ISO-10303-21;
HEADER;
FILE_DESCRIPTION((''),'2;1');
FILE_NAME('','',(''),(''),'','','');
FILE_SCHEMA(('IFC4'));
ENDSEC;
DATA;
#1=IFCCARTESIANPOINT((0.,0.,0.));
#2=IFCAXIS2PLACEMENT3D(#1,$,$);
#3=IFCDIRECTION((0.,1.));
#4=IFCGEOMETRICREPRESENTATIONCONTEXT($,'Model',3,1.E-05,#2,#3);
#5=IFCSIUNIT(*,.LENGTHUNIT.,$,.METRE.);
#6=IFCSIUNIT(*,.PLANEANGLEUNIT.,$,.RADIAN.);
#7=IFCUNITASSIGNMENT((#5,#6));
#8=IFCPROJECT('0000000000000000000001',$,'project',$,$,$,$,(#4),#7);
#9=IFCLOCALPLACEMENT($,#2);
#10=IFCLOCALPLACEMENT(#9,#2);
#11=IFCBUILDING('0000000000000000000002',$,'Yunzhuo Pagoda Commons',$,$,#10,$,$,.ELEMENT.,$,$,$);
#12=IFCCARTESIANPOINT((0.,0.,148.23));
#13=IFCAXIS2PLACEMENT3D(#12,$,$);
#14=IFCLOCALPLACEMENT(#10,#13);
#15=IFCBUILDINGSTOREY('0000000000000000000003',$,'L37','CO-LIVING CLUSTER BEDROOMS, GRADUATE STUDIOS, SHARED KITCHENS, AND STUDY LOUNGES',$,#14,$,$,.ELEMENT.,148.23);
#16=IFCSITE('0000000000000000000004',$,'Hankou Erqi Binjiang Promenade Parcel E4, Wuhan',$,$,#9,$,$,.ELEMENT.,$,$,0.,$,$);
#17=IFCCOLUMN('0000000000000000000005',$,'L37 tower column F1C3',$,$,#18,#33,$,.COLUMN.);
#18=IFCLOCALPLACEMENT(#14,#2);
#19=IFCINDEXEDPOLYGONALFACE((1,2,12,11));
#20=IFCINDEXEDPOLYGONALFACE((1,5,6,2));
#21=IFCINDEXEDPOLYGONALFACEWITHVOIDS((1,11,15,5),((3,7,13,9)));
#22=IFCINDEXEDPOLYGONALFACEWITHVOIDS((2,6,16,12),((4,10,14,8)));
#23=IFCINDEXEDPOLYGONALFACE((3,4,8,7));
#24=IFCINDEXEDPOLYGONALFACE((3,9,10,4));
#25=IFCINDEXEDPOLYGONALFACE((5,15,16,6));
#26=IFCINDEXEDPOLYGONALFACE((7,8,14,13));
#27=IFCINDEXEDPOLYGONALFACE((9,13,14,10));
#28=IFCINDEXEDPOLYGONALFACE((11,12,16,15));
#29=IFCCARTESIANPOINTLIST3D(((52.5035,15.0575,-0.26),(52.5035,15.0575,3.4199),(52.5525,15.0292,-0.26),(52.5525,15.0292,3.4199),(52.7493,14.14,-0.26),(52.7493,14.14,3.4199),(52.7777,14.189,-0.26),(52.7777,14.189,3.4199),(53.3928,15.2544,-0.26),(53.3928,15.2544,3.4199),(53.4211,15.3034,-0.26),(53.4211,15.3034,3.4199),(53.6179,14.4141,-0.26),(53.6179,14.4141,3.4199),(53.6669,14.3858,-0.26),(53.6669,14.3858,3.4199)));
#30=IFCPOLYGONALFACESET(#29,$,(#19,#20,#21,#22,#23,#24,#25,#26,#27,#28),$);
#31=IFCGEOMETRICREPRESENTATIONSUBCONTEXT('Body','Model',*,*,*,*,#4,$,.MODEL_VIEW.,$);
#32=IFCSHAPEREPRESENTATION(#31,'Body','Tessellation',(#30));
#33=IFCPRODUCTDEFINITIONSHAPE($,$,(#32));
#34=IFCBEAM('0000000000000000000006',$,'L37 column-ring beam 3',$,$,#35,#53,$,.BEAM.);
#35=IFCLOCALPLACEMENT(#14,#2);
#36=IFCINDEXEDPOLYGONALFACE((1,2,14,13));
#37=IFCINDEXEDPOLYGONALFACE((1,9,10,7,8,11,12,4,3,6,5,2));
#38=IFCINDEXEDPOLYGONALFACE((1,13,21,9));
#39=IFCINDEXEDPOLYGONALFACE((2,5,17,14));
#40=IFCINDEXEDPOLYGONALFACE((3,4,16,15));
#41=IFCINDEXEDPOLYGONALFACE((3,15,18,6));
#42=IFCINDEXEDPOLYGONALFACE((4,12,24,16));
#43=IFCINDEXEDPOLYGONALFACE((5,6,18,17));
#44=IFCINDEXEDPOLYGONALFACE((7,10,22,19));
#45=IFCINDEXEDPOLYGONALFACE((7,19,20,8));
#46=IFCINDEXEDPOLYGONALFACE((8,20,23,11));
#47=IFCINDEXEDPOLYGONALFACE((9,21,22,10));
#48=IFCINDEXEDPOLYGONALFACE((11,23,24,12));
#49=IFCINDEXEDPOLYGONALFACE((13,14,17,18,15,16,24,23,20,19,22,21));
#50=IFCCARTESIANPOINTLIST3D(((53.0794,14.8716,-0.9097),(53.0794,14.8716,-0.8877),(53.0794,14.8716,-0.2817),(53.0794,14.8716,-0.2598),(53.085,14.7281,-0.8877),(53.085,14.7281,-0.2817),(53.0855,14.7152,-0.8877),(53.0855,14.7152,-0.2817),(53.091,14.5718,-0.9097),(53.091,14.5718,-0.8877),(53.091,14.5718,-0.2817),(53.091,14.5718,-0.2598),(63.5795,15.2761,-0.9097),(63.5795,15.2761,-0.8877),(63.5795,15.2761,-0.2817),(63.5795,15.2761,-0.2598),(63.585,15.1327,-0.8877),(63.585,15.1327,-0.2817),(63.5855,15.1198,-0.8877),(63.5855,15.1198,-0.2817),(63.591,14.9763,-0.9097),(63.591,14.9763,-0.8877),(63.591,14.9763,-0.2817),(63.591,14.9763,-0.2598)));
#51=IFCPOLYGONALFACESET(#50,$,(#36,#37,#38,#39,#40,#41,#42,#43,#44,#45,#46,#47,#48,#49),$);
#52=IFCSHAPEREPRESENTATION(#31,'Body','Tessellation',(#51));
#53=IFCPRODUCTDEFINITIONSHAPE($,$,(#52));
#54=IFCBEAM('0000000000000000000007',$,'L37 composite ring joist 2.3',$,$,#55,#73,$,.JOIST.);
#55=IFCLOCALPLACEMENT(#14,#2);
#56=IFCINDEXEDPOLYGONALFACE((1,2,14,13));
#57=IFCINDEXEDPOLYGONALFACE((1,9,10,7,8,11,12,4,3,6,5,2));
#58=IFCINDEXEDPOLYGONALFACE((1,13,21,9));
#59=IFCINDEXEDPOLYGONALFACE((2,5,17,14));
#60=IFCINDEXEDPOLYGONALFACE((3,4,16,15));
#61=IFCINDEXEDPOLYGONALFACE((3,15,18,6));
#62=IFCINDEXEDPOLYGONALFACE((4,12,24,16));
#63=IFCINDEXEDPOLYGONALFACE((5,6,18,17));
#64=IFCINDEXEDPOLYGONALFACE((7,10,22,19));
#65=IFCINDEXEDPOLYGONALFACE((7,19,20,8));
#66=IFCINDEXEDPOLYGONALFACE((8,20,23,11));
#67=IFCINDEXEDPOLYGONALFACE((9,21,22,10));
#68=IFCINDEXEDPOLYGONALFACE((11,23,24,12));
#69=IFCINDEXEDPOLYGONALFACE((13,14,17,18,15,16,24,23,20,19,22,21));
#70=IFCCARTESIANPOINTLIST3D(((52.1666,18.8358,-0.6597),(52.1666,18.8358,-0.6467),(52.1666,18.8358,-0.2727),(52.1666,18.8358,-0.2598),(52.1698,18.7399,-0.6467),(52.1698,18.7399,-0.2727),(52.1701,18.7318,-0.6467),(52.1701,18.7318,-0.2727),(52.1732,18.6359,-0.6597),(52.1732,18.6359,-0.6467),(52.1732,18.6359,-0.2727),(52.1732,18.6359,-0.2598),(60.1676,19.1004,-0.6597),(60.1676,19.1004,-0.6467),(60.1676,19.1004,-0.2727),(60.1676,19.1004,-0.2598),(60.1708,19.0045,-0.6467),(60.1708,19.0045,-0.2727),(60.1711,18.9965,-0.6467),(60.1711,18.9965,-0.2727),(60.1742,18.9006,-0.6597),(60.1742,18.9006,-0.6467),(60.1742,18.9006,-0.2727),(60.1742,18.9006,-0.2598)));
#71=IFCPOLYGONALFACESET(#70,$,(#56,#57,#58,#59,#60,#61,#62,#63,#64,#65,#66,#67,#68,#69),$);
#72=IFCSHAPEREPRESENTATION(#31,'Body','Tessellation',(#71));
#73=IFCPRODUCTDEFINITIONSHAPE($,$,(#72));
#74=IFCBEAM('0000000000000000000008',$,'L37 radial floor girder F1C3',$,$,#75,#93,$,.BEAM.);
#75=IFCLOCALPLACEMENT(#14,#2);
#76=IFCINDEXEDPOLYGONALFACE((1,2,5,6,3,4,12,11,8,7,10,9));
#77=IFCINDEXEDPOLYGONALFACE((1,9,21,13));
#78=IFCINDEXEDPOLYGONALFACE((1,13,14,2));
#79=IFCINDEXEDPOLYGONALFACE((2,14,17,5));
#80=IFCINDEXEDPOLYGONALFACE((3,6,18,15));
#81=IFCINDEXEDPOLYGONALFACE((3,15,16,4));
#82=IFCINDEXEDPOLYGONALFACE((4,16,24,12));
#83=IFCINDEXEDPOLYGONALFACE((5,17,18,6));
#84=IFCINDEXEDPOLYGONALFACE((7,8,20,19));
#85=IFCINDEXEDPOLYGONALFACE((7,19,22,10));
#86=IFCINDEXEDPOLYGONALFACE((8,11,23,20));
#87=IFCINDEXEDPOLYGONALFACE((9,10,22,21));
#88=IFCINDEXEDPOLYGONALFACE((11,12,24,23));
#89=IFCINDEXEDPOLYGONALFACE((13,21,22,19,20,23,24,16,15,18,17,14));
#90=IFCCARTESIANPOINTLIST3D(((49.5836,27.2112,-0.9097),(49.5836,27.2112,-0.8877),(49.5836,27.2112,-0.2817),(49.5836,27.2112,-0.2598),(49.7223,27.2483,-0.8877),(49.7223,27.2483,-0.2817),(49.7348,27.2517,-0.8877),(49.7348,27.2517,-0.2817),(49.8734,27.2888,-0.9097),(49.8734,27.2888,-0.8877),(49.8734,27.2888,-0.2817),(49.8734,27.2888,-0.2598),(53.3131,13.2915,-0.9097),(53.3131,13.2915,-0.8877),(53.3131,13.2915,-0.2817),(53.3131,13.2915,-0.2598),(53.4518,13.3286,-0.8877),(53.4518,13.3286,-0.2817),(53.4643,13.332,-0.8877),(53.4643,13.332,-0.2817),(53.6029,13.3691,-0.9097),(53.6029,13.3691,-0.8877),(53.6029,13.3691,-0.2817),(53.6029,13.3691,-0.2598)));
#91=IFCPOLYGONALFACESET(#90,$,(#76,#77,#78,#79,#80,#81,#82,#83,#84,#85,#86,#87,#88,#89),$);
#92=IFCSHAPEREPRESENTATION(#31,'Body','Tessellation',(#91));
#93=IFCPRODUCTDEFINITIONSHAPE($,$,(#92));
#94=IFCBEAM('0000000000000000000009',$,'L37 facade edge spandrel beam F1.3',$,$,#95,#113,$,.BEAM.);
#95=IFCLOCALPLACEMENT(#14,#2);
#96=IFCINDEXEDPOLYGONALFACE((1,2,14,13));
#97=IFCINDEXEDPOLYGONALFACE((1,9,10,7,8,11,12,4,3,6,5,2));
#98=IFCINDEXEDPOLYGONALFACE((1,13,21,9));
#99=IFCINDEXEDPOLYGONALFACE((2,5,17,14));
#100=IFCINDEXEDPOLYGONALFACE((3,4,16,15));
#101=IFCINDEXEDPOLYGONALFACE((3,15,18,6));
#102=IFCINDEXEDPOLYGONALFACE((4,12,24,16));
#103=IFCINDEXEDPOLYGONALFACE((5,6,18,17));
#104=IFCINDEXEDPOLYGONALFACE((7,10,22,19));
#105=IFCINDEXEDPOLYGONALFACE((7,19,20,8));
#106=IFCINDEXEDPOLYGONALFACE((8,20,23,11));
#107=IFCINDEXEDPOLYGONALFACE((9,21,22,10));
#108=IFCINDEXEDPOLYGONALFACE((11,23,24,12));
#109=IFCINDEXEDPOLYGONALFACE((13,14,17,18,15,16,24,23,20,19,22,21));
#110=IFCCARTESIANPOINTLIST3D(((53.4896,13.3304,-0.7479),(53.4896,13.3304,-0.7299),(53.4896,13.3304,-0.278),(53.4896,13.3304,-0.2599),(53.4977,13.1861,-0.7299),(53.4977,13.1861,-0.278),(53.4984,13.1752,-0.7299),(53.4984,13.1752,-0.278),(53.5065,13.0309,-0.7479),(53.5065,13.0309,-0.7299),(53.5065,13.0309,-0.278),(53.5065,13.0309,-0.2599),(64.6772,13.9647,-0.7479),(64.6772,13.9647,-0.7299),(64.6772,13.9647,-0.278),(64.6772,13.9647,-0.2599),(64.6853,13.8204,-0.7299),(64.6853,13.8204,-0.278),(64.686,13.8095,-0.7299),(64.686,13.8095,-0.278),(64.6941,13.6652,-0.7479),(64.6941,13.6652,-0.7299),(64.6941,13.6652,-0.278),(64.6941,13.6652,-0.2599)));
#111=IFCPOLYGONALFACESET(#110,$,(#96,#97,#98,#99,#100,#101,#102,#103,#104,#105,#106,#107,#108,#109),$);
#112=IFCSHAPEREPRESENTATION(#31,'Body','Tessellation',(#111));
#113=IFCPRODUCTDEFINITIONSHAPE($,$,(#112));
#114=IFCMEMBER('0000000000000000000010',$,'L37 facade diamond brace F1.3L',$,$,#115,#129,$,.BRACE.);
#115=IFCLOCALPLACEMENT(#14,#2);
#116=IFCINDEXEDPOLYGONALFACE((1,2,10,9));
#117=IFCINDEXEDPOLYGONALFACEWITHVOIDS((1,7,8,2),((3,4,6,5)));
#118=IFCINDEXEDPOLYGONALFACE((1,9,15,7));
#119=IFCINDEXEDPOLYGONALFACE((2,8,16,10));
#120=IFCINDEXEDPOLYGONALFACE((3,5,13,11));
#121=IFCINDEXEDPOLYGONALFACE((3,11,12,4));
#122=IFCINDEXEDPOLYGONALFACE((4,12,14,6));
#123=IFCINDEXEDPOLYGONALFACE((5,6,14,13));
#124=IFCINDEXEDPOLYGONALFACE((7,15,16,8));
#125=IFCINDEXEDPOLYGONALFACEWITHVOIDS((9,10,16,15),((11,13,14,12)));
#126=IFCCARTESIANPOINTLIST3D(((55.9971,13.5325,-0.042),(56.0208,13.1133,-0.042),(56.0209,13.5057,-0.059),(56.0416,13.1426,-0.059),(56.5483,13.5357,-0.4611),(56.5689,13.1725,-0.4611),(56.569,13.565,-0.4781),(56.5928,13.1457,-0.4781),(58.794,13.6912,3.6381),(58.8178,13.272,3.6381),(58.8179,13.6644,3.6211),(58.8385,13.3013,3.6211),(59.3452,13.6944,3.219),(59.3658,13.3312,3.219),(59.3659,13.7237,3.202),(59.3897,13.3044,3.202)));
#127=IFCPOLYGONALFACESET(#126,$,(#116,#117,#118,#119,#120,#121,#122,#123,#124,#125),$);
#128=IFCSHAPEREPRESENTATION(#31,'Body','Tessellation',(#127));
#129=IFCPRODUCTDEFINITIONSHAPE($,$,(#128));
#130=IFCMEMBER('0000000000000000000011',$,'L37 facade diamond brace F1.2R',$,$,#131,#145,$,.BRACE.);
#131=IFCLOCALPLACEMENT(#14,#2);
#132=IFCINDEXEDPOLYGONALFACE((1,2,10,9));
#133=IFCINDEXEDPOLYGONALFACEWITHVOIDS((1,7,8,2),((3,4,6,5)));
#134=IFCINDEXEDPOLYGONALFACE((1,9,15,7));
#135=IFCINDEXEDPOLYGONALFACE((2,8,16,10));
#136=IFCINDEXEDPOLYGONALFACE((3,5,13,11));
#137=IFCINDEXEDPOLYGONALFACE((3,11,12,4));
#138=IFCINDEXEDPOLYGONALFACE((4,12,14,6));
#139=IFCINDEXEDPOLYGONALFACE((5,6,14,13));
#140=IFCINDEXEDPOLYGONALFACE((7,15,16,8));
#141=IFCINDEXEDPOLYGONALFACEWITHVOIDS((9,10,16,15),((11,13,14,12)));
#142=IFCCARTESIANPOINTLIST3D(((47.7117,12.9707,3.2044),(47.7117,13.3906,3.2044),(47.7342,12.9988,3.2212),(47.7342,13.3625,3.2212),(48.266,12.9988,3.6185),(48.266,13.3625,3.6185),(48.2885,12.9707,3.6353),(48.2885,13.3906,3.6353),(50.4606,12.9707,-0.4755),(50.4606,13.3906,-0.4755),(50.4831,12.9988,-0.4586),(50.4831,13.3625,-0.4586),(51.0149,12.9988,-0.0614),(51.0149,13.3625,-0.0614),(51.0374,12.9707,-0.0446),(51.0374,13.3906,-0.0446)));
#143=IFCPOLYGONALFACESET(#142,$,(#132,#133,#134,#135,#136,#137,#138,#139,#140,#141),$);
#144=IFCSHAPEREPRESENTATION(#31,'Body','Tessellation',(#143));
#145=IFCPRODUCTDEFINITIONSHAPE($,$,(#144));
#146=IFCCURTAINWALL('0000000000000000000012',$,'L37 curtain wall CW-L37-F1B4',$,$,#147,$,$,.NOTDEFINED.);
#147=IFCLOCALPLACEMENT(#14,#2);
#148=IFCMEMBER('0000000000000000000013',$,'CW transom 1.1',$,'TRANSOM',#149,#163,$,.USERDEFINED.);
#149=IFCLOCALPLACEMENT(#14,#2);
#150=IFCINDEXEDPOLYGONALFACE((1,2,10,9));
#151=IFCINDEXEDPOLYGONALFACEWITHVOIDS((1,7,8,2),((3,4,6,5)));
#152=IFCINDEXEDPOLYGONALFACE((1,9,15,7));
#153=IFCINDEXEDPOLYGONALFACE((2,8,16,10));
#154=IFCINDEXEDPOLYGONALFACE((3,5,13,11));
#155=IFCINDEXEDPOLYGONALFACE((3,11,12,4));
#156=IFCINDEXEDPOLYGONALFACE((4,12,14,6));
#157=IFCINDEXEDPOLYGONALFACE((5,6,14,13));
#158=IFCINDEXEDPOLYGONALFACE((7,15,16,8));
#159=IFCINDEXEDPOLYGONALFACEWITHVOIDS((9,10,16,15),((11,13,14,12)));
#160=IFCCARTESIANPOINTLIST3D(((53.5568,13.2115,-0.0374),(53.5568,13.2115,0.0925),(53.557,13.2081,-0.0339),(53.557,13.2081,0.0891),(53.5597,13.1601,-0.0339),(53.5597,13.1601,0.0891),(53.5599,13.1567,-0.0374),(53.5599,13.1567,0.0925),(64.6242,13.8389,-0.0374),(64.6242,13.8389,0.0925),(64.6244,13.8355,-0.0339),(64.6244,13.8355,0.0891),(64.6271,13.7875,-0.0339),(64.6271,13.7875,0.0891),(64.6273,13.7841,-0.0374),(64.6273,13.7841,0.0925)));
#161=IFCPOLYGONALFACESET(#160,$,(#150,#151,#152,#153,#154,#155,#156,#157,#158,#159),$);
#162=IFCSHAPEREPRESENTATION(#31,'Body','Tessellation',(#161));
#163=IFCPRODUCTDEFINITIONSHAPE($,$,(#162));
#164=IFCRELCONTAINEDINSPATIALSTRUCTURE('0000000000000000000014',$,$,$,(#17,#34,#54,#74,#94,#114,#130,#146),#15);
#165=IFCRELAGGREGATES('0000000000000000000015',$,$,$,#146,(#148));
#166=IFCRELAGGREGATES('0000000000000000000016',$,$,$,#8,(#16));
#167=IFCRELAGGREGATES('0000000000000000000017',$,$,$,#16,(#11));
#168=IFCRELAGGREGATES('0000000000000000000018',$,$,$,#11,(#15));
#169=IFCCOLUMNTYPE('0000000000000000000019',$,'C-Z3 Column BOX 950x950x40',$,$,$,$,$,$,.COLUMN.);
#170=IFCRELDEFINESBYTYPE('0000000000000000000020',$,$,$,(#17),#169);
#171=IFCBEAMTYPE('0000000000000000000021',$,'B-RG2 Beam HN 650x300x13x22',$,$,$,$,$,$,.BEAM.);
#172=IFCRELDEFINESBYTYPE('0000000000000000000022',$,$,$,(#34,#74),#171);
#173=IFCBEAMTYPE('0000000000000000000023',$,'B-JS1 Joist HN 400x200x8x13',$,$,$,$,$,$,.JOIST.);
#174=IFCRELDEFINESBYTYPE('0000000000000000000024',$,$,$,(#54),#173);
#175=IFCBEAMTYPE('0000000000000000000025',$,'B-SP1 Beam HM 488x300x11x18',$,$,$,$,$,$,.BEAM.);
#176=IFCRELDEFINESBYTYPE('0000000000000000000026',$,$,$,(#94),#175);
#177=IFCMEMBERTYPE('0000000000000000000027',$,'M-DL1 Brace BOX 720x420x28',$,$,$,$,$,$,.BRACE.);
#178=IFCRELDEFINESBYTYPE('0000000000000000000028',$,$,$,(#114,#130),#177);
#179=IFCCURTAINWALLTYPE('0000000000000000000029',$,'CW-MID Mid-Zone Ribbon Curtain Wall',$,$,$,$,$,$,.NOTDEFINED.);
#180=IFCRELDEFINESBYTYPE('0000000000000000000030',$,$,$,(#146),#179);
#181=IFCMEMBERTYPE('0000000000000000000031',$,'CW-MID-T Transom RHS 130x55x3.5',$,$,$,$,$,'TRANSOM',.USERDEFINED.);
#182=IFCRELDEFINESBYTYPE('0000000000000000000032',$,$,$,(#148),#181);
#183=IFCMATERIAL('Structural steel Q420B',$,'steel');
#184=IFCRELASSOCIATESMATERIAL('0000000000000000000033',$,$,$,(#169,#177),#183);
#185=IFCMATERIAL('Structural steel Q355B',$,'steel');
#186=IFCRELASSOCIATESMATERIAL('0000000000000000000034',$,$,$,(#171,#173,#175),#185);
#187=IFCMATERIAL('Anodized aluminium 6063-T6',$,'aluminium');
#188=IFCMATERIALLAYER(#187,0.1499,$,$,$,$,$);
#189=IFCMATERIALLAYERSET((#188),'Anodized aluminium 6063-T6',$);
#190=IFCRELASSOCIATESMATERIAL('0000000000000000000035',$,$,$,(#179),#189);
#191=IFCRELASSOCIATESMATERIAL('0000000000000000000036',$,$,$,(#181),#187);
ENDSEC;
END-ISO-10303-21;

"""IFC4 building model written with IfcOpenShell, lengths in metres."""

from ifc_helpers import new_model, si_unit, direction, frame, origin, origin_2d, place, context, subcontext, project, spatial, hollow_rectangle, i_section, extrude, source, transform, mapped, material, layer, layer_set, material_profile, profile_set, type_object, element, aggregate, save


model = new_model("IFC4")

# Units and contexts
model_context = context("Model", 3, precision=1e-05, world=origin(), true_north=direction((0.0, 1.0)))
body_context = subcontext(model_context, "Body", "Model", "MODEL_VIEW")
ifc_project = project(units=[si_unit("LENGTHUNIT", "METRE"), si_unit("PLANEANGLEUNIT", "RADIAN")], contexts=[model_context])

# Site, building, storey
site_placement = place(None, origin())
site = spatial("IfcSite", under=ifc_project, at=site_placement, Name="Hankou Erqi Binjiang Promenade Parcel E4, Wuhan", CompositionType="ELEMENT", RefElevation=0.0)
building_placement = place(site_placement, origin())
building = spatial("IfcBuilding", under=site, at=building_placement, Name="Yunzhuo Pagoda Commons", CompositionType="ELEMENT")
storey_placement = place(building_placement, frame((0.0, 0.0, 148.23)))
storey = spatial("IfcBuildingStorey", under=building, at=storey_placement, Name="L37", Description="CO-LIVING CLUSTER BEDROOMS, GRADUATE STUDIOS, SHARED KITCHENS, AND STUDY LOUNGES", CompositionType="ELEMENT", Elevation=148.23)

# Column
ifc_material_1 = material(Name="Structural steel Q420B", Category="steel")
ifc_material_profile_1 = material_profile(ifc_material_1, hollow_rectangle(XDim=0.95, YDim=0.95, WallThickness=0.04, at=origin_2d()), Name="Structural steel Q420B")
ifc_profile_set_1 = profile_set([ifc_material_profile_1], Name="Structural steel Q420B")
column_type = type_object("IfcColumnType", Name="C-Z3 Column BOX 950x950x40", PredefinedType="COLUMN", material=ifc_profile_set_1)
shared_shape_1 = source(origin(), body_context, "Body", "SweptSolid", [
    extrude(hollow_rectangle(XDim=0.95, YDim=0.95, WallThickness=0.04, at=origin_2d()), origin(), (0.0, 0.0, 1.0), 3.6799),
])
column_placement = place(storey_placement, frame((53.0852, 14.7217, -0.26), z_axis=(0.0, 0.0, 1.0), x_axis=(0.965926, 0.258819, 0.0)))
element("IfcColumn", 1, at=column_placement, inside=storey, type_object=column_type, Name="L37 tower column F1C3", PredefinedType="COLUMN", context=body_context, shape_type="MappedRepresentation", body=[
    mapped(shared_shape_1, transform((0.0, 0.0, 0.0), scale=1.0)),
])

# Beams
ifc_material_2 = material(Name="Structural steel Q355B", Category="steel")
ifc_material_profile_2 = material_profile(ifc_material_2, i_section(OverallWidth=0.3, OverallDepth=0.6499, WebThickness=0.0129, FlangeThickness=0.022, at=origin_2d()), Name="Structural steel Q355B")
ifc_profile_set_2 = profile_set([ifc_material_profile_2], Name="Structural steel Q355B")
beam_type_1 = type_object("IfcBeamType", Name="B-RG2 Beam HN 650x300x13x22", PredefinedType="BEAM", material=ifc_profile_set_2)
shared_shape_2 = source(origin(), body_context, "Body", "SweptSolid", [
    extrude(i_section(OverallWidth=0.3, OverallDepth=0.6499, WebThickness=0.0129, FlangeThickness=0.022, at=origin_2d()), origin(), (0.0, 0.0, 1.0), 10.5078),
])
beam_1_placement = place(storey_placement, frame((53.0852, 14.7217, -0.5847), z_axis=(0.999259, 0.038499, 0.0), x_axis=(-0.038499, 0.999259, 0.0)))
element("IfcBeam", 2, at=beam_1_placement, inside=storey, type_object=beam_type_1, Name="L37 column-ring beam 3", PredefinedType="BEAM", context=body_context, shape_type="MappedRepresentation", body=[
    mapped(shared_shape_2, transform((0.0, 0.0, 0.0), scale=1.0)),
])
ifc_material_profile_3 = material_profile(ifc_material_2, i_section(OverallWidth=0.2, OverallDepth=0.3999, WebThickness=0.0081, FlangeThickness=0.0129, at=origin_2d()), Name="Structural steel Q355B")
ifc_profile_set_3 = profile_set([ifc_material_profile_3], Name="Structural steel Q355B")
beam_type_2 = type_object("IfcBeamType", Name="B-JS1 Joist HN 400x200x8x13", PredefinedType="JOIST", material=ifc_profile_set_3)
shared_shape_3 = source(origin(), body_context, "Body", "SweptSolid", [
    extrude(i_section(OverallWidth=0.2, OverallDepth=0.3999, WebThickness=0.0081, FlangeThickness=0.0129, at=origin_2d()), origin(), (0.0, 0.0, 1.0), 8.0054),
])
beam_2_placement = place(storey_placement, frame((52.1699, 18.7358, -0.4597), z_axis=(0.999453, 0.033059, 0.0), x_axis=(-0.033059, 0.999453, 0.0)))
element("IfcBeam", 3, at=beam_2_placement, inside=storey, type_object=beam_type_2, Name="L37 composite ring joist 2.3", PredefinedType="JOIST", context=body_context, shape_type="MappedRepresentation", body=[
    mapped(shared_shape_3, transform((0.0, 0.0, 0.0), scale=1.0)),
])
shared_shape_4 = source(origin(), body_context, "Body", "SweptSolid", [
    extrude(i_section(OverallWidth=0.3, OverallDepth=0.6499, WebThickness=0.0129, FlangeThickness=0.022, at=origin_2d()), origin(), (0.0, 0.0, 1.0), 14.4106),
])
beam_3_placement = place(storey_placement, frame((53.458, 13.3303, -0.5847), z_axis=(-0.258801, 0.965931, 0.0), x_axis=(-0.965931, -0.258801, 0.0)))
element("IfcBeam", 4, at=beam_3_placement, inside=storey, type_object=beam_type_1, Name="L37 radial floor girder F1C3", PredefinedType="BEAM", context=body_context, shape_type="MappedRepresentation", body=[
    mapped(shared_shape_4, transform((0.0, 0.0, 0.0), scale=1.0)),
])
ifc_material_profile_4 = material_profile(ifc_material_2, i_section(OverallWidth=0.3, OverallDepth=0.488, WebThickness=0.011, FlangeThickness=0.0181, at=origin_2d()), Name="Structural steel Q355B")
ifc_profile_set_4 = profile_set([ifc_material_profile_4], Name="Structural steel Q355B")
beam_type_3 = type_object("IfcBeamType", Name="B-SP1 Beam HM 488x300x11x18", PredefinedType="BEAM", material=ifc_profile_set_4)
shared_shape_5 = source(origin(), body_context, "Body", "SweptSolid", [
    extrude(i_section(OverallWidth=0.3, OverallDepth=0.488, WebThickness=0.011, FlangeThickness=0.0181, at=origin_2d()), origin(), (0.0, 0.0, 1.0), 11.2056),
])
beam_4_placement = place(storey_placement, frame((53.498, 13.1807, -0.5039), z_axis=(0.998397, 0.056604, 0.0), x_axis=(-0.056604, 0.998397, 0.0)))
element("IfcBeam", 5, at=beam_4_placement, inside=storey, type_object=beam_type_3, Name="L37 facade edge spandrel beam F1.3", PredefinedType="BEAM", context=body_context, shape_type="MappedRepresentation", body=[
    mapped(shared_shape_5, transform((0.0, 0.0, 0.0), scale=1.0)),
])

# Members
ifc_material_profile_5 = material_profile(ifc_material_1, hollow_rectangle(XDim=0.4199, YDim=0.72, WallThickness=0.0281, at=origin_2d()), Name="Structural steel Q420B")
ifc_profile_set_5 = profile_set([ifc_material_profile_5], Name="Structural steel Q420B")
member_type_1 = type_object("IfcMemberType", Name="M-DL1 Brace BOX 720x420x28", PredefinedType="BRACE", material=ifc_profile_set_5)
shared_shape_6 = source(origin(), body_context, "Body", "SweptSolid", [
    extrude(hollow_rectangle(XDim=0.4199, YDim=0.72, WallThickness=0.0281, at=origin_2d()), origin(), (0.0, 0.0, 1.0), 4.625),
])
member_1_placement = place(storey_placement, frame((56.2949, 13.3391, -0.26), z_axis=(0.604744, 0.034312, 0.79568), x_axis=(-0.056648, 0.998394, 0.0)))
element("IfcMember", 6, at=member_1_placement, inside=storey, type_object=member_type_1, Name="L37 facade diamond brace F1.3L", PredefinedType="BRACE", context=body_context, shape_type="MappedRepresentation", body=[
    mapped(shared_shape_6, transform((0.0, 0.0, 0.0), scale=1.0)),
])
shared_shape_7 = source(origin(), body_context, "Body", "SweptSolid", [
    extrude(hollow_rectangle(XDim=0.4199, YDim=0.72, WallThickness=0.0281, at=origin_2d()), origin(), (0.0, 0.0, 1.0), 4.5933),
])
member_2_placement = place(storey_placement, frame((50.749, 13.1807, -0.26), z_axis=(-0.598477, 0.0, 0.80114), x_axis=(0.0, -1.0, 0.0)))
element("IfcMember", 7, at=member_2_placement, inside=storey, type_object=member_type_1, Name="L37 facade diamond brace F1.2R", PredefinedType="BRACE", context=body_context, shape_type="MappedRepresentation", body=[
    mapped(shared_shape_7, transform((0.0, 0.0, 0.0), scale=1.0)),
])

# Curtain wall, member
ifc_material_3 = material(Name="Anodized aluminium 6063-T6", Category="aluminium")
ifc_layer_1 = layer(ifc_material_3, 0.1499)
ifc_layer_set_1 = layer_set([ifc_layer_1], Name="Anodized aluminium 6063-T6")
curtain_wall_type = type_object("IfcCurtainWallType", Name="CW-MID Mid-Zone Ribbon Curtain Wall", PredefinedType="NOTDEFINED", material=ifc_layer_set_1)
curtain_wall_1_placement = place(storey_placement, origin())
curtain_wall_1 = element("IfcCurtainWall", 8, at=curtain_wall_1_placement, inside=storey, type_object=curtain_wall_type, Name="L37 curtain wall CW-L37-F1B4", PredefinedType="NOTDEFINED")
ifc_material_profile_6 = material_profile(ifc_material_3, hollow_rectangle(XDim=0.0549, YDim=0.1299, WallThickness=0.0034, at=origin_2d()), Name="Anodized aluminium 6063-T6")
ifc_profile_set_6 = profile_set([ifc_material_profile_6], Name="Anodized aluminium 6063-T6")
member_type_2 = type_object("IfcMemberType", Name="CW-MID-T Transom RHS 130x55x3.5", ElementType="TRANSOM", PredefinedType="USERDEFINED", material=ifc_profile_set_6)
shared_shape_8 = source(origin(), body_context, "Body", "SweptSolid", [
    extrude(hollow_rectangle(XDim=0.0549, YDim=0.1299, WallThickness=0.0034, at=origin_2d()), origin(), (0.0, 0.0, 1.0), 11.0852),
])
member_3_placement = place(storey_placement, frame((53.5583, 13.1841, 0.0276), z_axis=(0.998397, 0.056602, 0.0), x_axis=(-0.056602, 0.998397, 0.0)))
member_3 = element("IfcMember", 9, at=member_3_placement, type_object=member_type_2, Name="CW transom 1.1", ObjectType="TRANSOM", PredefinedType="USERDEFINED", context=body_context, shape_type="MappedRepresentation", body=[
    mapped(shared_shape_8, transform((0.0, 0.0, 0.0), scale=1.0)),
])

aggregate(curtain_wall_1, [member_3])

save(model, "model.ifc")
